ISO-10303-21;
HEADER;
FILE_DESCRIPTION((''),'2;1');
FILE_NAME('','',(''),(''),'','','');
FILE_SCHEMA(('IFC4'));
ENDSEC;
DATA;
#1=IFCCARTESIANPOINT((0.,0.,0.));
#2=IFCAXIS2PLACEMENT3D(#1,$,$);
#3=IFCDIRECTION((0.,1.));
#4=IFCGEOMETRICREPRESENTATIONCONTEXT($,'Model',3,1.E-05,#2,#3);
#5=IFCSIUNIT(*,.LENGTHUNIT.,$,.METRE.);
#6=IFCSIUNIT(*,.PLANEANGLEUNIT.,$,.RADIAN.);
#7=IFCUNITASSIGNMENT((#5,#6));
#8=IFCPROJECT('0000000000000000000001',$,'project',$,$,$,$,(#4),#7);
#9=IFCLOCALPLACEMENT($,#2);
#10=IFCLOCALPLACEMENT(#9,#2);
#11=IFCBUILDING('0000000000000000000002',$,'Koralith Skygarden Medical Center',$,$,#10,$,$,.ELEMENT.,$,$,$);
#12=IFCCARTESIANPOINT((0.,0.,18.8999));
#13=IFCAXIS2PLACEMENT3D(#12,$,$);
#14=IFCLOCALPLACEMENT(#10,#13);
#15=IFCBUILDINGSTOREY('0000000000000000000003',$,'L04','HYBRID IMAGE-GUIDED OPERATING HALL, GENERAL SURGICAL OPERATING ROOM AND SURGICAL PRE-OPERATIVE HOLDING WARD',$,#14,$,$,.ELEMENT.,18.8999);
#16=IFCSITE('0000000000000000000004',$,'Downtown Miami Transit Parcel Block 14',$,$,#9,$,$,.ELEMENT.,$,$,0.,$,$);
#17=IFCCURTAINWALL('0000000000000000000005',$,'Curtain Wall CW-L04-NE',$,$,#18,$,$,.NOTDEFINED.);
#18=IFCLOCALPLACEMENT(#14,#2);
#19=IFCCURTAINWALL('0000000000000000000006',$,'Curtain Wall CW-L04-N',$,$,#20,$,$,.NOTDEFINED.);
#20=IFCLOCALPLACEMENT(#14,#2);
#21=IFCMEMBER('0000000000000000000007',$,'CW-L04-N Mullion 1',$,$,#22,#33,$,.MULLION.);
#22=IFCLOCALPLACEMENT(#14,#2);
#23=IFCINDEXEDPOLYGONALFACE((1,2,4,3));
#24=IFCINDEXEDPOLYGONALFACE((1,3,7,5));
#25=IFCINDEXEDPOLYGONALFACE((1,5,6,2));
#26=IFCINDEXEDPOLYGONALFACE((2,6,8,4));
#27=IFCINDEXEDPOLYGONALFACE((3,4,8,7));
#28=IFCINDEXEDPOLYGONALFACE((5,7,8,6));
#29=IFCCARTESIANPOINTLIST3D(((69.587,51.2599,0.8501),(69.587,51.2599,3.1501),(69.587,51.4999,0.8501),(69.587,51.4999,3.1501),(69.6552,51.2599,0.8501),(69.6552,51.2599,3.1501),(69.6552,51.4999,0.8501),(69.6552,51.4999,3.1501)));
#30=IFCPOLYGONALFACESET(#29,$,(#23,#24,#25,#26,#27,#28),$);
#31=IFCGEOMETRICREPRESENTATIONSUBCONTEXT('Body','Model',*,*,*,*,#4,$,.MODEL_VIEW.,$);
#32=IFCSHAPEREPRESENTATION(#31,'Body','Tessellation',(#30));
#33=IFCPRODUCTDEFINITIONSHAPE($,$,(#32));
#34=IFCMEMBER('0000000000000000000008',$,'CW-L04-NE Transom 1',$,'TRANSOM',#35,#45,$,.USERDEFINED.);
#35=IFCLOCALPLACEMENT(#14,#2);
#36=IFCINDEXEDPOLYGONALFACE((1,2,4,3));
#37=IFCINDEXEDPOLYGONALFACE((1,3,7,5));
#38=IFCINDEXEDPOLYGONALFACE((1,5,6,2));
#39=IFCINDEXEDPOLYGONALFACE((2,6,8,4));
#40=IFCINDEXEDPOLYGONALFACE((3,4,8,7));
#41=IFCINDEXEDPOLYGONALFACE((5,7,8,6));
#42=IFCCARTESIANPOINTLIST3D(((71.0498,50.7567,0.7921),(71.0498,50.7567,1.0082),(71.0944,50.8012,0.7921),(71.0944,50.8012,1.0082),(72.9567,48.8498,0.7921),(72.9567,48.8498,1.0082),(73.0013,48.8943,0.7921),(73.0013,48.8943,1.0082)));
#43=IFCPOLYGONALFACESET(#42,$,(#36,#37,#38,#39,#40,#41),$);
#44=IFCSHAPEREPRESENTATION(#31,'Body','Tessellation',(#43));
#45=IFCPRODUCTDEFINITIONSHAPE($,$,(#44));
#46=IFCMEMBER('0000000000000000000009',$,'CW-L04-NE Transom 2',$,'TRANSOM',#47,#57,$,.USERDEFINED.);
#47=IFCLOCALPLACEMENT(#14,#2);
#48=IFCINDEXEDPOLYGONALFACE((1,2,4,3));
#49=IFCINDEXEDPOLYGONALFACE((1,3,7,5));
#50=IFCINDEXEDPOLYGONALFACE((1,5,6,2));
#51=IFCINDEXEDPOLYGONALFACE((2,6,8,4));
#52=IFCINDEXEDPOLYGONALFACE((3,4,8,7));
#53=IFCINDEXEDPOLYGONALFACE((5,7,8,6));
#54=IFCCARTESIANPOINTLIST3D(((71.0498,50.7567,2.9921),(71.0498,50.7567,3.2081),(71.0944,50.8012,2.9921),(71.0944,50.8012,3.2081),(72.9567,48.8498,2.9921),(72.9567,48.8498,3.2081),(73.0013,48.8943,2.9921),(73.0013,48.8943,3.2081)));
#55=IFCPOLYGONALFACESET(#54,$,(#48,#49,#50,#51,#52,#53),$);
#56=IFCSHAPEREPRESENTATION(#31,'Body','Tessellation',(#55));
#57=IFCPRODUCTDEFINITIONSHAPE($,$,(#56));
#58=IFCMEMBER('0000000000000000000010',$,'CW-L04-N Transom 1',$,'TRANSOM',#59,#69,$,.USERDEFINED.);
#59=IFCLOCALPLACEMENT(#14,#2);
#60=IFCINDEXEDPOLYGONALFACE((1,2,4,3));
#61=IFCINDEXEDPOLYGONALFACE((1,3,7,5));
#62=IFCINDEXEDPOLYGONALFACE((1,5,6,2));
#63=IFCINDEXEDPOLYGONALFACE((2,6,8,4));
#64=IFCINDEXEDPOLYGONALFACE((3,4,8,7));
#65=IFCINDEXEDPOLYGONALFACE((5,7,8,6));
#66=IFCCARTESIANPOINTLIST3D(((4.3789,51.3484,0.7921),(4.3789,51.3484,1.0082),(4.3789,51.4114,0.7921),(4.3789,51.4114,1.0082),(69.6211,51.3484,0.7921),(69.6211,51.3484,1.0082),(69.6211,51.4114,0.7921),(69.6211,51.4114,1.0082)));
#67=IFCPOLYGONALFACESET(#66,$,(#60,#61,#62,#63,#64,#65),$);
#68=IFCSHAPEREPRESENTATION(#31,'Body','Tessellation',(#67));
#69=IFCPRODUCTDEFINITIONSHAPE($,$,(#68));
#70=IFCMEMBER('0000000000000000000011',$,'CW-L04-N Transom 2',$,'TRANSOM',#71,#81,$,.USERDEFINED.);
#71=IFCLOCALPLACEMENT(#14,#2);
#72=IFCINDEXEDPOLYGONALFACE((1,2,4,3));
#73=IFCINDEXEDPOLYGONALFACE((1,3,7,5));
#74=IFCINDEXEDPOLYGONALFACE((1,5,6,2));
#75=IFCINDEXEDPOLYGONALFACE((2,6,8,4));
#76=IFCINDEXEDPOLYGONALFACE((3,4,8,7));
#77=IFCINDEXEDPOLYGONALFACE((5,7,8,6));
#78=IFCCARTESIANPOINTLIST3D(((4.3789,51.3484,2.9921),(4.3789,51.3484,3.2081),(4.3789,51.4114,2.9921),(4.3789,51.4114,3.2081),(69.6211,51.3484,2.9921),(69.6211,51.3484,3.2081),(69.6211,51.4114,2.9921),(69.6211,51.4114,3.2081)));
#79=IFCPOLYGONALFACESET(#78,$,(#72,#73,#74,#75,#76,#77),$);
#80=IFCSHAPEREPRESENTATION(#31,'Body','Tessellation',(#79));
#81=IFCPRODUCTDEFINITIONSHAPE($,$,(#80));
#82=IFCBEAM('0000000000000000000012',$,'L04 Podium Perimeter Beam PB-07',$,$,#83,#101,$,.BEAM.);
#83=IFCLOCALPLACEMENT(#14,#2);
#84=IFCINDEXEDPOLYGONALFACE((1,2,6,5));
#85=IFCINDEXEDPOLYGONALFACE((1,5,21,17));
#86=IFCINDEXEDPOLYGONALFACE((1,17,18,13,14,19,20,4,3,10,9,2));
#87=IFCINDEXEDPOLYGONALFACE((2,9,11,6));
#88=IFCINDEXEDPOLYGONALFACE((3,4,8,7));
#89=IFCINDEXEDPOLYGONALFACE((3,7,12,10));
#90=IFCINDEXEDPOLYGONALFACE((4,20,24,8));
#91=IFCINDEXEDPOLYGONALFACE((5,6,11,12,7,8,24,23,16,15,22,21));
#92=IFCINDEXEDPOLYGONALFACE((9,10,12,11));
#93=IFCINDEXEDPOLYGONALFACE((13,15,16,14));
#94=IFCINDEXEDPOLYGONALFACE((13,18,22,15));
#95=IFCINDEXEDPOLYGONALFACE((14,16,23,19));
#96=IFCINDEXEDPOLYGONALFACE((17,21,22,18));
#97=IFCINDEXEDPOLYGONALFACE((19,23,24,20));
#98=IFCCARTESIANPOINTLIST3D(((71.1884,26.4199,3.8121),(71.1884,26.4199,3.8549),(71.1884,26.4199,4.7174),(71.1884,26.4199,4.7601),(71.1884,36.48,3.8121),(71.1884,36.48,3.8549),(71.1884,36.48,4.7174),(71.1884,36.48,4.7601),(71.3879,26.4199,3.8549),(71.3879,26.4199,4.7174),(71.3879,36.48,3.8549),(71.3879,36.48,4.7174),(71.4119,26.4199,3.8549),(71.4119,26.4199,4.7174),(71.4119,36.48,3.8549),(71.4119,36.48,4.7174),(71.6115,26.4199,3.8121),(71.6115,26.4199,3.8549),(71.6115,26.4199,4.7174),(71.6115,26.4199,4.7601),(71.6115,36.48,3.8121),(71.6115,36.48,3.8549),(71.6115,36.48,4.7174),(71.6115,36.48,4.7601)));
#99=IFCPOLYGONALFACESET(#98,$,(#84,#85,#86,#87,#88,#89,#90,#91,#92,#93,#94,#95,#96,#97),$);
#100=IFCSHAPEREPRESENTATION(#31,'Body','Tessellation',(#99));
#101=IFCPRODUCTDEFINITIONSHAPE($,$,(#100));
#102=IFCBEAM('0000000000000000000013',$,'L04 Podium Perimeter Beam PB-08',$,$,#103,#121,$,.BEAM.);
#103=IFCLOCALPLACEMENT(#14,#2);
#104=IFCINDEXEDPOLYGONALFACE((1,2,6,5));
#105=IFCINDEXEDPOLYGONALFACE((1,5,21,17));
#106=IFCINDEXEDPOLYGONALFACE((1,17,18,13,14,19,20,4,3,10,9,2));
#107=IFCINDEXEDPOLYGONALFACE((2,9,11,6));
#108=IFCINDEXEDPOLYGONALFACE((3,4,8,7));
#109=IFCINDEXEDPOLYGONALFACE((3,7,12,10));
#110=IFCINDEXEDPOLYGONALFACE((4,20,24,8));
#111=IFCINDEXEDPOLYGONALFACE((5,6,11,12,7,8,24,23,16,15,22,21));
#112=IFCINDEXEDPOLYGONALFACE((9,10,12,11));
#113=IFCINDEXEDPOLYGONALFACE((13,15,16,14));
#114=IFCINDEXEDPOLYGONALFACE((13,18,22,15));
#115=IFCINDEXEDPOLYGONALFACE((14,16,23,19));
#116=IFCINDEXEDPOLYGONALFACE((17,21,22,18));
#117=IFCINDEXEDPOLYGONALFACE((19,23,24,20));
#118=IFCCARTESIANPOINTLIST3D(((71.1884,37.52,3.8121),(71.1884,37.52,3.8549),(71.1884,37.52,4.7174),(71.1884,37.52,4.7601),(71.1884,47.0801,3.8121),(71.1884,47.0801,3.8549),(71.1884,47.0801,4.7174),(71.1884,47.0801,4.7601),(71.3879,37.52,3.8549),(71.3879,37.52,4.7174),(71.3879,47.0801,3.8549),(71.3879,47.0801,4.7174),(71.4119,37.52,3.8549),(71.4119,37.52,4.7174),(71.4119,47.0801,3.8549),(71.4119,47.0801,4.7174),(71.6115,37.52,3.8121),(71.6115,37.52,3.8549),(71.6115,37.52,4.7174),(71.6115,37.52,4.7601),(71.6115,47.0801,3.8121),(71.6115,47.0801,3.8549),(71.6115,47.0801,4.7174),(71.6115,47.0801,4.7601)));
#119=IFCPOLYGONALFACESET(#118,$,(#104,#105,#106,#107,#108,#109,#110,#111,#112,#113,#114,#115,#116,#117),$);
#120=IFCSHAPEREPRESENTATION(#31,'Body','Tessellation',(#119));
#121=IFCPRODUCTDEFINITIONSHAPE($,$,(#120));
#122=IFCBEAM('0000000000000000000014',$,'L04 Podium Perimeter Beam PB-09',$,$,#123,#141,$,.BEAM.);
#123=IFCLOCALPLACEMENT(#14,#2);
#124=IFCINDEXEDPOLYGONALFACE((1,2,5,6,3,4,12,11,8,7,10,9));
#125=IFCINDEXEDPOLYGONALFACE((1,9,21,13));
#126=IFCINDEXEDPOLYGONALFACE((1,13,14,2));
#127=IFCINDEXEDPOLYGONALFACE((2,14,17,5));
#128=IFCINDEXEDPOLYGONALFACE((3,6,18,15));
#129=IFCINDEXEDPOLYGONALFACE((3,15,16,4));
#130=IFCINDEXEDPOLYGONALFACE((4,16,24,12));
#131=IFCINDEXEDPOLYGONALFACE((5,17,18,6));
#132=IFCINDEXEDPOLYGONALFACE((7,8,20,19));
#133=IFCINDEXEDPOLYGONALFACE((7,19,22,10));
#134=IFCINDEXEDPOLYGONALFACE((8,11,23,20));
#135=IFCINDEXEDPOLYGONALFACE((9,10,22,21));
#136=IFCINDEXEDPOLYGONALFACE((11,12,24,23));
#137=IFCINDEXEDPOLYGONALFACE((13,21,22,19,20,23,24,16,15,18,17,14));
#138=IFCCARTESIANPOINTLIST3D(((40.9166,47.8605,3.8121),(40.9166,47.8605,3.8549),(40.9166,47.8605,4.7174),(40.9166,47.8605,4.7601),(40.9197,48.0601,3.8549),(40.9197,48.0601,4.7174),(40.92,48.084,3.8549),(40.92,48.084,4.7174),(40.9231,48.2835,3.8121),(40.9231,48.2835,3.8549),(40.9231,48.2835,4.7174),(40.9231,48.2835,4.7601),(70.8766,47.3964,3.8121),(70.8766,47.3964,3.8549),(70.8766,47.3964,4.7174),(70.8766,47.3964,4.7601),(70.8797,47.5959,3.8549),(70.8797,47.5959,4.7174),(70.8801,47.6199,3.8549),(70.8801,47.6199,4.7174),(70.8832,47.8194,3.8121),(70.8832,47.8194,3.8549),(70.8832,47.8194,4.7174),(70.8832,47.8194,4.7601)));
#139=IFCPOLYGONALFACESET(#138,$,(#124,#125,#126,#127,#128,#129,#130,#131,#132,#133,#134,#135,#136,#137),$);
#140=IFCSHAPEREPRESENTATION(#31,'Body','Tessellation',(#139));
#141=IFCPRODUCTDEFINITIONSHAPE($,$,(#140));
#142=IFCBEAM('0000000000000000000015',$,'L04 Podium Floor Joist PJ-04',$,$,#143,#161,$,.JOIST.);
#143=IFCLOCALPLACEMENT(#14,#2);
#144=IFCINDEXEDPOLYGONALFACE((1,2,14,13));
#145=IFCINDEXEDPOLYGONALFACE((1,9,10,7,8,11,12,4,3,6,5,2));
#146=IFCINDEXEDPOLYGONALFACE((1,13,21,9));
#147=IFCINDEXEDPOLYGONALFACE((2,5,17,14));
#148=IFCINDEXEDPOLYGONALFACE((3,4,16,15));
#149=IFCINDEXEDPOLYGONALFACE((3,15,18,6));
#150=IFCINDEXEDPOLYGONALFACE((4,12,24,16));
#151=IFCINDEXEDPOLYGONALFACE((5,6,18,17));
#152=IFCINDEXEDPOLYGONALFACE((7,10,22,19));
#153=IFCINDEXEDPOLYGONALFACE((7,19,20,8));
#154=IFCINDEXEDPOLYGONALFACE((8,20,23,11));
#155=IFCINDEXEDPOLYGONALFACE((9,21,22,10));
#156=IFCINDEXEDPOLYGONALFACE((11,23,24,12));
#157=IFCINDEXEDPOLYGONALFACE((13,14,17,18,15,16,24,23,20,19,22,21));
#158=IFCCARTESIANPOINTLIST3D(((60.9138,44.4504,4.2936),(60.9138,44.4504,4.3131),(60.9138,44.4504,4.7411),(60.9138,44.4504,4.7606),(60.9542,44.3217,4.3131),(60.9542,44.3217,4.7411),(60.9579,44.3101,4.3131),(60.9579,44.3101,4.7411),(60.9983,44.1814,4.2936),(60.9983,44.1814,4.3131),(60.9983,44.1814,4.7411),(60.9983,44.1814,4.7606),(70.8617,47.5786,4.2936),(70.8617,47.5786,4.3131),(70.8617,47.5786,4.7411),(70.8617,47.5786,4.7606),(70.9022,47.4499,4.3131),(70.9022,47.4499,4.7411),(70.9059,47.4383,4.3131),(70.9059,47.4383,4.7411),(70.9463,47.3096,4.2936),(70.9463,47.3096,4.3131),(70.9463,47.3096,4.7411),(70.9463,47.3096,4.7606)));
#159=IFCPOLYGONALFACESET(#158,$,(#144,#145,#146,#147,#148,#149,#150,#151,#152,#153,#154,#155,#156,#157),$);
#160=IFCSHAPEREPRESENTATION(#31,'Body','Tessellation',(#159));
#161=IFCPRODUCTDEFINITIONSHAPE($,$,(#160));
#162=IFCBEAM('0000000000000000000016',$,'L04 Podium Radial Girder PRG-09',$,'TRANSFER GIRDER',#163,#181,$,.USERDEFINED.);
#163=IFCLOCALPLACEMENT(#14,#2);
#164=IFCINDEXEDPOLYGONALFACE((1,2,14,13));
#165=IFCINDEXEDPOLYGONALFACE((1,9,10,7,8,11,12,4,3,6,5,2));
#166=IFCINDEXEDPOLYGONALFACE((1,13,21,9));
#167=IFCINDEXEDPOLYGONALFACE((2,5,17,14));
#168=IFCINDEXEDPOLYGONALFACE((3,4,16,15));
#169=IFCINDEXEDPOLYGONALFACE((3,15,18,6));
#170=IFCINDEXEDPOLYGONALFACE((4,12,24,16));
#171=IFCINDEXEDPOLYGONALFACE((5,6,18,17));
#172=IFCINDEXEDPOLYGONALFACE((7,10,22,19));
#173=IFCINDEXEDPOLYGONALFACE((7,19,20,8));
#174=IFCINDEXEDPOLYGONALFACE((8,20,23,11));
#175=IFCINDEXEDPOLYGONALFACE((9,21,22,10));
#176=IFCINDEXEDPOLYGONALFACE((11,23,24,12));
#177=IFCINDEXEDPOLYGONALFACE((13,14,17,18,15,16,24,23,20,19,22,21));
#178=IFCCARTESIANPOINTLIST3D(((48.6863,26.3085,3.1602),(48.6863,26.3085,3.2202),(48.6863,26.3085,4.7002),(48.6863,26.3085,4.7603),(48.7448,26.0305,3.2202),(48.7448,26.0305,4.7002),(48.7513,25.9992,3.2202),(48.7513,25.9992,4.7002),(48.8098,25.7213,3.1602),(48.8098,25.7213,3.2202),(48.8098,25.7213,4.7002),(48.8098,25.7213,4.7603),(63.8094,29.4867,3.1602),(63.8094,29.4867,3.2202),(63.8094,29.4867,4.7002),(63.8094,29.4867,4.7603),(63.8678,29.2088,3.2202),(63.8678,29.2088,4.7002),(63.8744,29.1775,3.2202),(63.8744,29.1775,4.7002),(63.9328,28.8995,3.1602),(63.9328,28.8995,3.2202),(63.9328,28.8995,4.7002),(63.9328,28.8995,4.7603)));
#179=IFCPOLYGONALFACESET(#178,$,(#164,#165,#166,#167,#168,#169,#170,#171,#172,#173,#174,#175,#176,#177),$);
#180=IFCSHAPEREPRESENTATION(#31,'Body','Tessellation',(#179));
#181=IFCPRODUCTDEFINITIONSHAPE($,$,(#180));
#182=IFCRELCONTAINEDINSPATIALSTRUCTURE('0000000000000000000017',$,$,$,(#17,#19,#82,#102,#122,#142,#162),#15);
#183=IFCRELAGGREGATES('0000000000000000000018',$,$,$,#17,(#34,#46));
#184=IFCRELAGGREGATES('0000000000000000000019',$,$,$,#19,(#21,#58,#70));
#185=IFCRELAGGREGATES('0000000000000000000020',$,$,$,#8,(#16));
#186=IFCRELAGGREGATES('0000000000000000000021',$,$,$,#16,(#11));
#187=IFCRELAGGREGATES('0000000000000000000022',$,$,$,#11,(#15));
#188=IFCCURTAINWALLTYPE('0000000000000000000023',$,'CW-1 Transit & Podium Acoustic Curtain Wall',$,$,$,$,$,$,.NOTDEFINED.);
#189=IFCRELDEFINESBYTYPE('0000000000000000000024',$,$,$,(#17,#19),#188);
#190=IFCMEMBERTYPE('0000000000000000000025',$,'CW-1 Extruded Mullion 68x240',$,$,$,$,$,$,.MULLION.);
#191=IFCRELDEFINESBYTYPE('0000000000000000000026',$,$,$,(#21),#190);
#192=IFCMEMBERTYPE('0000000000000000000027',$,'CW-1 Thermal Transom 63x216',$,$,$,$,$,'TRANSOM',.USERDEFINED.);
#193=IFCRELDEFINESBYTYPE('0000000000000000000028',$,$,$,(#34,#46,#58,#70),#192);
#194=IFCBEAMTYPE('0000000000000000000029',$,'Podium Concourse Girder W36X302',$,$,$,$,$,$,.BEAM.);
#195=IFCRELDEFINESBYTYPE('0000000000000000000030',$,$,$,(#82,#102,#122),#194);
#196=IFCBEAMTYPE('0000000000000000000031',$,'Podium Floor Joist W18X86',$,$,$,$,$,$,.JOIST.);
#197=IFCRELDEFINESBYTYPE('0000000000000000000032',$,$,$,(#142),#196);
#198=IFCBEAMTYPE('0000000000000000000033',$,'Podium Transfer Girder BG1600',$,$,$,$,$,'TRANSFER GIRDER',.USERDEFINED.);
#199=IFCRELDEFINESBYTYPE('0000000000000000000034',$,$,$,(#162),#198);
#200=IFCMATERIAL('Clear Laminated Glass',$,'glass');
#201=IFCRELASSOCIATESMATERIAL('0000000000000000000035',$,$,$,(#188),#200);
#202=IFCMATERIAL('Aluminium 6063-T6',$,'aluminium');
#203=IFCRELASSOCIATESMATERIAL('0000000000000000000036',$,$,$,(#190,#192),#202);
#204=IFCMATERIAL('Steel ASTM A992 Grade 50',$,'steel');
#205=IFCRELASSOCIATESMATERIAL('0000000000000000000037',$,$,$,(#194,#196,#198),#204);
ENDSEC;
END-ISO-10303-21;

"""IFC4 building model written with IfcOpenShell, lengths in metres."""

from ifc_helpers import new_model, si_unit, direction, frame, origin, origin_2d, place, context, subcontext, project, spatial, rectangle, i_section, extrude, material, material_profile, profile_set, type_object, element, aggregate, save


model = new_model("IFC4")

# Units and contexts
model_context = context("Model", 3, precision=1e-05, world=origin(), true_north=direction((0.0, 1.0)))
body_context = subcontext(model_context, "Body", "Model", "MODEL_VIEW")
ifc_project = project(units=[si_unit("LENGTHUNIT", "METRE"), si_unit("PLANEANGLEUNIT", "RADIAN")], contexts=[model_context])

# Site, building, storey
site_placement = place(None, origin())
site = spatial("IfcSite", under=ifc_project, at=site_placement, Name="Downtown Miami Transit Parcel Block 14", CompositionType="ELEMENT", RefElevation=0.0)
building_placement = place(site_placement, origin())
building = spatial("IfcBuilding", under=site, at=building_placement, Name="Koralith Skygarden Medical Center", CompositionType="ELEMENT")
storey_placement = place(building_placement, frame((0.0, 0.0, 18.8999)))
storey = spatial("IfcBuildingStorey", under=building, at=storey_placement, Name="L04", Description="HYBRID IMAGE-GUIDED OPERATING HALL, GENERAL SURGICAL OPERATING ROOM AND SURGICAL PRE-OPERATIVE HOLDING WARD", CompositionType="ELEMENT", Elevation=18.8999)

# Curtain wall
ifc_material_1 = material(Name="Clear Laminated Glass", Category="glass")
curtain_wall_type = type_object("IfcCurtainWallType", Name="CW-1 Transit & Podium Acoustic Curtain Wall", PredefinedType="NOTDEFINED", material=ifc_material_1)
ifc_material_2 = material(Name="Aluminium 6063-T6", Category="aluminium")
ifc_material_profile_1 = material_profile(ifc_material_2, rectangle(XDim=0.0681, YDim=0.24, at=origin_2d()), Name="MUL68X240")
ifc_profile_set_1 = profile_set([ifc_material_profile_1], Name="Aluminium 6063-T6")
member_type_1 = type_object("IfcMemberType", Name="CW-1 Extruded Mullion 68x240", PredefinedType="MULLION", material=ifc_profile_set_1)
curtain_wall_1_placement = place(storey_placement, origin())
curtain_wall_1 = element("IfcCurtainWall", 1, at=curtain_wall_1_placement, inside=storey, type_object=curtain_wall_type, Name="Curtain Wall CW-L04-NE", PredefinedType="NOTDEFINED")

# Curtain wall, member
curtain_wall_2_placement = place(storey_placement, origin())
curtain_wall_2 = element("IfcCurtainWall", 2, at=curtain_wall_2_placement, inside=storey, type_object=curtain_wall_type, Name="Curtain Wall CW-L04-N", PredefinedType="NOTDEFINED")
member_1_placement = place(storey_placement, frame((69.6211, 51.3799, 0.8501), z_axis=(0.0, 0.0, 1.0), x_axis=(1.0, 0.0, 0.0)))
member_1 = element("IfcMember", 3, at=member_1_placement, type_object=member_type_1, Name="CW-L04-N Mullion 1", PredefinedType="MULLION", context=body_context, shape_type="SweptSolid", body=[
    extrude(rectangle(XDim=0.0681, YDim=0.24, at=origin_2d()), origin(), (0.0, 0.0, 1.0), 2.3),
])

# Members
ifc_material_profile_2 = material_profile(ifc_material_2, rectangle(XDim=0.063, YDim=0.2161, at=origin_2d()), Name="TRN63X216")
ifc_profile_set_2 = profile_set([ifc_material_profile_2], Name="Aluminium 6063-T6")
member_type_2 = type_object("IfcMemberType", Name="CW-1 Thermal Transom 63x216", ElementType="TRANSOM", PredefinedType="USERDEFINED", material=ifc_profile_set_2)
member_2_placement = place(storey_placement, frame((72.979, 48.8721, 0.9001), z_axis=(-0.707107, 0.707107, 0.0), x_axis=(-0.707107, -0.707107, 0.0)))
member_2 = element("IfcMember", 4, at=member_2_placement, type_object=member_type_2, Name="CW-L04-NE Transom 1", ObjectType="TRANSOM", PredefinedType="USERDEFINED", context=body_context, shape_type="SweptSolid", body=[
    extrude(rectangle(XDim=0.063, YDim=0.2161, at=origin_2d()), origin(), (0.0, 0.0, 1.0), 2.6968),
])
member_3_placement = place(storey_placement, frame((72.979, 48.8721, 3.1001), z_axis=(-0.707107, 0.707107, 0.0), x_axis=(-0.707107, -0.707107, 0.0)))
member_3 = element("IfcMember", 5, at=member_3_placement, type_object=member_type_2, Name="CW-L04-NE Transom 2", ObjectType="TRANSOM", PredefinedType="USERDEFINED", context=body_context, shape_type="SweptSolid", body=[
    extrude(rectangle(XDim=0.063, YDim=0.2161, at=origin_2d()), origin(), (0.0, 0.0, 1.0), 2.6968),
])
member_4_placement = place(storey_placement, frame((69.6211, 51.3799, 0.9001), z_axis=(-1.0, 0.0, 0.0), x_axis=(0.0, -1.0, 0.0)))
member_4 = element("IfcMember", 6, at=member_4_placement, type_object=member_type_2, Name="CW-L04-N Transom 1", ObjectType="TRANSOM", PredefinedType="USERDEFINED", context=body_context, shape_type="SweptSolid", body=[
    extrude(rectangle(XDim=0.063, YDim=0.2161, at=origin_2d()), origin(), (0.0, 0.0, 1.0), 65.2422),
])
member_5_placement = place(storey_placement, frame((69.6211, 51.3799, 3.1001), z_axis=(-1.0, 0.0, 0.0), x_axis=(0.0, -1.0, 0.0)))
member_5 = element("IfcMember", 7, at=member_5_placement, type_object=member_type_2, Name="CW-L04-N Transom 2", ObjectType="TRANSOM", PredefinedType="USERDEFINED", context=body_context, shape_type="SweptSolid", body=[
    extrude(rectangle(XDim=0.063, YDim=0.2161, at=origin_2d()), origin(), (0.0, 0.0, 1.0), 65.2422),
])

# Beams
ifc_material_3 = material(Name="Steel ASTM A992 Grade 50", Category="steel")
ifc_material_profile_3 = material_profile(ifc_material_3, i_section(OverallWidth=0.4231, OverallDepth=0.948, WebThickness=0.0239, FlangeThickness=0.0427, at=origin_2d()), Name="W36X302")
ifc_profile_set_3 = profile_set([ifc_material_profile_3], Name="Steel ASTM A992 Grade 50")
beam_type_1 = type_object("IfcBeamType", Name="Podium Concourse Girder W36X302", PredefinedType="BEAM", material=ifc_profile_set_3)
beam_1_placement = place(storey_placement, frame((71.3999, 26.4199, 4.2861), z_axis=(0.0, 1.0, 0.0), x_axis=(-1.0, 0.0, 0.0)))
element("IfcBeam", 8, at=beam_1_placement, inside=storey, type_object=beam_type_1, Name="L04 Podium Perimeter Beam PB-07", PredefinedType="BEAM", context=body_context, shape_type="SweptSolid", body=[
    extrude(i_section(OverallWidth=0.4231, OverallDepth=0.948, WebThickness=0.0239, FlangeThickness=0.0427, at=origin_2d()), origin(), (0.0, 0.0, 1.0), 10.0601),
])
beam_2_placement = place(storey_placement, frame((71.3999, 37.52, 4.2861), z_axis=(0.0, 1.0, 0.0), x_axis=(-1.0, 0.0, 0.0)))
element("IfcBeam", 9, at=beam_2_placement, inside=storey, type_object=beam_type_1, Name="L04 Podium Perimeter Beam PB-08", PredefinedType="BEAM", context=body_context, shape_type="SweptSolid", body=[
    extrude(i_section(OverallWidth=0.4231, OverallDepth=0.948, WebThickness=0.0239, FlangeThickness=0.0427, at=origin_2d()), origin(), (0.0, 0.0, 1.0), 9.5601),
])
beam_3_placement = place(storey_placement, frame((70.8799, 47.6079, 4.2861), z_axis=(-0.99988, 0.015489, 0.0), x_axis=(-0.015489, -0.99988, 0.0)))
element("IfcBeam", 10, at=beam_3_placement, inside=storey, type_object=beam_type_1, Name="L04 Podium Perimeter Beam PB-09", PredefinedType="BEAM", context=body_context, shape_type="SweptSolid", body=[
    extrude(i_section(OverallWidth=0.4231, OverallDepth=0.948, WebThickness=0.0239, FlangeThickness=0.0427, at=origin_2d()), origin(), (0.0, 0.0, 1.0), 29.9636),
])
ifc_material_profile_4 = material_profile(ifc_material_3, i_section(OverallWidth=0.282, OverallDepth=0.467, WebThickness=0.0122, FlangeThickness=0.0195, at=origin_2d()), Name="W18X86")
ifc_profile_set_4 = profile_set([ifc_material_profile_4], Name="Steel ASTM A992 Grade 50")
beam_type_2 = type_object("IfcBeamType", Name="Podium Floor Joist W18X86", PredefinedType="JOIST", material=ifc_profile_set_4)
beam_4_placement = place(storey_placement, frame((60.9561, 44.3159, 4.5271), z_axis=(0.953948, 0.299971, 0.0), x_axis=(-0.299971, 0.953948, 0.0)))
element("IfcBeam", 11, at=beam_4_placement, inside=storey, type_object=beam_type_2, Name="L04 Podium Floor Joist PJ-04", PredefinedType="JOIST", context=body_context, shape_type="SweptSolid", body=[
    extrude(i_section(OverallWidth=0.282, OverallDepth=0.467, WebThickness=0.0122, FlangeThickness=0.0195, at=origin_2d()), origin(), (0.0, 0.0, 1.0), 10.4282),
])
ifc_material_profile_5 = material_profile(ifc_material_3, i_section(OverallWidth=0.6001, OverallDepth=1.6001, WebThickness=0.032, FlangeThickness=0.0601, at=origin_2d()), Name="BG1600X600X60X32")
ifc_profile_set_5 = profile_set([ifc_material_profile_5], Name="Steel ASTM A992 Grade 50")
beam_type_3 = type_object("IfcBeamType", Name="Podium Transfer Girder BG1600", ElementType="TRANSFER GIRDER", PredefinedType="USERDEFINED", material=ifc_profile_set_5)
beam_5_placement = place(storey_placement, frame((48.748, 26.0149, 3.9602), z_axis=(0.978622, 0.205665, 0.0), x_axis=(-0.205665, 0.978622, 0.0)))
element("IfcBeam", 12, at=beam_5_placement, inside=storey, type_object=beam_type_3, Name="L04 Podium Radial Girder PRG-09", ObjectType="TRANSFER GIRDER", PredefinedType="USERDEFINED", context=body_context, shape_type="SweptSolid", body=[
    extrude(i_section(OverallWidth=0.6001, OverallDepth=1.6001, WebThickness=0.032, FlangeThickness=0.0601, at=origin_2d()), origin(), (0.0, 0.0, 1.0), 15.4534),
])

aggregate(curtain_wall_1, [member_2, member_3])
aggregate(curtain_wall_2, [member_1, member_4, member_5])

save(model, "model.ifc")
